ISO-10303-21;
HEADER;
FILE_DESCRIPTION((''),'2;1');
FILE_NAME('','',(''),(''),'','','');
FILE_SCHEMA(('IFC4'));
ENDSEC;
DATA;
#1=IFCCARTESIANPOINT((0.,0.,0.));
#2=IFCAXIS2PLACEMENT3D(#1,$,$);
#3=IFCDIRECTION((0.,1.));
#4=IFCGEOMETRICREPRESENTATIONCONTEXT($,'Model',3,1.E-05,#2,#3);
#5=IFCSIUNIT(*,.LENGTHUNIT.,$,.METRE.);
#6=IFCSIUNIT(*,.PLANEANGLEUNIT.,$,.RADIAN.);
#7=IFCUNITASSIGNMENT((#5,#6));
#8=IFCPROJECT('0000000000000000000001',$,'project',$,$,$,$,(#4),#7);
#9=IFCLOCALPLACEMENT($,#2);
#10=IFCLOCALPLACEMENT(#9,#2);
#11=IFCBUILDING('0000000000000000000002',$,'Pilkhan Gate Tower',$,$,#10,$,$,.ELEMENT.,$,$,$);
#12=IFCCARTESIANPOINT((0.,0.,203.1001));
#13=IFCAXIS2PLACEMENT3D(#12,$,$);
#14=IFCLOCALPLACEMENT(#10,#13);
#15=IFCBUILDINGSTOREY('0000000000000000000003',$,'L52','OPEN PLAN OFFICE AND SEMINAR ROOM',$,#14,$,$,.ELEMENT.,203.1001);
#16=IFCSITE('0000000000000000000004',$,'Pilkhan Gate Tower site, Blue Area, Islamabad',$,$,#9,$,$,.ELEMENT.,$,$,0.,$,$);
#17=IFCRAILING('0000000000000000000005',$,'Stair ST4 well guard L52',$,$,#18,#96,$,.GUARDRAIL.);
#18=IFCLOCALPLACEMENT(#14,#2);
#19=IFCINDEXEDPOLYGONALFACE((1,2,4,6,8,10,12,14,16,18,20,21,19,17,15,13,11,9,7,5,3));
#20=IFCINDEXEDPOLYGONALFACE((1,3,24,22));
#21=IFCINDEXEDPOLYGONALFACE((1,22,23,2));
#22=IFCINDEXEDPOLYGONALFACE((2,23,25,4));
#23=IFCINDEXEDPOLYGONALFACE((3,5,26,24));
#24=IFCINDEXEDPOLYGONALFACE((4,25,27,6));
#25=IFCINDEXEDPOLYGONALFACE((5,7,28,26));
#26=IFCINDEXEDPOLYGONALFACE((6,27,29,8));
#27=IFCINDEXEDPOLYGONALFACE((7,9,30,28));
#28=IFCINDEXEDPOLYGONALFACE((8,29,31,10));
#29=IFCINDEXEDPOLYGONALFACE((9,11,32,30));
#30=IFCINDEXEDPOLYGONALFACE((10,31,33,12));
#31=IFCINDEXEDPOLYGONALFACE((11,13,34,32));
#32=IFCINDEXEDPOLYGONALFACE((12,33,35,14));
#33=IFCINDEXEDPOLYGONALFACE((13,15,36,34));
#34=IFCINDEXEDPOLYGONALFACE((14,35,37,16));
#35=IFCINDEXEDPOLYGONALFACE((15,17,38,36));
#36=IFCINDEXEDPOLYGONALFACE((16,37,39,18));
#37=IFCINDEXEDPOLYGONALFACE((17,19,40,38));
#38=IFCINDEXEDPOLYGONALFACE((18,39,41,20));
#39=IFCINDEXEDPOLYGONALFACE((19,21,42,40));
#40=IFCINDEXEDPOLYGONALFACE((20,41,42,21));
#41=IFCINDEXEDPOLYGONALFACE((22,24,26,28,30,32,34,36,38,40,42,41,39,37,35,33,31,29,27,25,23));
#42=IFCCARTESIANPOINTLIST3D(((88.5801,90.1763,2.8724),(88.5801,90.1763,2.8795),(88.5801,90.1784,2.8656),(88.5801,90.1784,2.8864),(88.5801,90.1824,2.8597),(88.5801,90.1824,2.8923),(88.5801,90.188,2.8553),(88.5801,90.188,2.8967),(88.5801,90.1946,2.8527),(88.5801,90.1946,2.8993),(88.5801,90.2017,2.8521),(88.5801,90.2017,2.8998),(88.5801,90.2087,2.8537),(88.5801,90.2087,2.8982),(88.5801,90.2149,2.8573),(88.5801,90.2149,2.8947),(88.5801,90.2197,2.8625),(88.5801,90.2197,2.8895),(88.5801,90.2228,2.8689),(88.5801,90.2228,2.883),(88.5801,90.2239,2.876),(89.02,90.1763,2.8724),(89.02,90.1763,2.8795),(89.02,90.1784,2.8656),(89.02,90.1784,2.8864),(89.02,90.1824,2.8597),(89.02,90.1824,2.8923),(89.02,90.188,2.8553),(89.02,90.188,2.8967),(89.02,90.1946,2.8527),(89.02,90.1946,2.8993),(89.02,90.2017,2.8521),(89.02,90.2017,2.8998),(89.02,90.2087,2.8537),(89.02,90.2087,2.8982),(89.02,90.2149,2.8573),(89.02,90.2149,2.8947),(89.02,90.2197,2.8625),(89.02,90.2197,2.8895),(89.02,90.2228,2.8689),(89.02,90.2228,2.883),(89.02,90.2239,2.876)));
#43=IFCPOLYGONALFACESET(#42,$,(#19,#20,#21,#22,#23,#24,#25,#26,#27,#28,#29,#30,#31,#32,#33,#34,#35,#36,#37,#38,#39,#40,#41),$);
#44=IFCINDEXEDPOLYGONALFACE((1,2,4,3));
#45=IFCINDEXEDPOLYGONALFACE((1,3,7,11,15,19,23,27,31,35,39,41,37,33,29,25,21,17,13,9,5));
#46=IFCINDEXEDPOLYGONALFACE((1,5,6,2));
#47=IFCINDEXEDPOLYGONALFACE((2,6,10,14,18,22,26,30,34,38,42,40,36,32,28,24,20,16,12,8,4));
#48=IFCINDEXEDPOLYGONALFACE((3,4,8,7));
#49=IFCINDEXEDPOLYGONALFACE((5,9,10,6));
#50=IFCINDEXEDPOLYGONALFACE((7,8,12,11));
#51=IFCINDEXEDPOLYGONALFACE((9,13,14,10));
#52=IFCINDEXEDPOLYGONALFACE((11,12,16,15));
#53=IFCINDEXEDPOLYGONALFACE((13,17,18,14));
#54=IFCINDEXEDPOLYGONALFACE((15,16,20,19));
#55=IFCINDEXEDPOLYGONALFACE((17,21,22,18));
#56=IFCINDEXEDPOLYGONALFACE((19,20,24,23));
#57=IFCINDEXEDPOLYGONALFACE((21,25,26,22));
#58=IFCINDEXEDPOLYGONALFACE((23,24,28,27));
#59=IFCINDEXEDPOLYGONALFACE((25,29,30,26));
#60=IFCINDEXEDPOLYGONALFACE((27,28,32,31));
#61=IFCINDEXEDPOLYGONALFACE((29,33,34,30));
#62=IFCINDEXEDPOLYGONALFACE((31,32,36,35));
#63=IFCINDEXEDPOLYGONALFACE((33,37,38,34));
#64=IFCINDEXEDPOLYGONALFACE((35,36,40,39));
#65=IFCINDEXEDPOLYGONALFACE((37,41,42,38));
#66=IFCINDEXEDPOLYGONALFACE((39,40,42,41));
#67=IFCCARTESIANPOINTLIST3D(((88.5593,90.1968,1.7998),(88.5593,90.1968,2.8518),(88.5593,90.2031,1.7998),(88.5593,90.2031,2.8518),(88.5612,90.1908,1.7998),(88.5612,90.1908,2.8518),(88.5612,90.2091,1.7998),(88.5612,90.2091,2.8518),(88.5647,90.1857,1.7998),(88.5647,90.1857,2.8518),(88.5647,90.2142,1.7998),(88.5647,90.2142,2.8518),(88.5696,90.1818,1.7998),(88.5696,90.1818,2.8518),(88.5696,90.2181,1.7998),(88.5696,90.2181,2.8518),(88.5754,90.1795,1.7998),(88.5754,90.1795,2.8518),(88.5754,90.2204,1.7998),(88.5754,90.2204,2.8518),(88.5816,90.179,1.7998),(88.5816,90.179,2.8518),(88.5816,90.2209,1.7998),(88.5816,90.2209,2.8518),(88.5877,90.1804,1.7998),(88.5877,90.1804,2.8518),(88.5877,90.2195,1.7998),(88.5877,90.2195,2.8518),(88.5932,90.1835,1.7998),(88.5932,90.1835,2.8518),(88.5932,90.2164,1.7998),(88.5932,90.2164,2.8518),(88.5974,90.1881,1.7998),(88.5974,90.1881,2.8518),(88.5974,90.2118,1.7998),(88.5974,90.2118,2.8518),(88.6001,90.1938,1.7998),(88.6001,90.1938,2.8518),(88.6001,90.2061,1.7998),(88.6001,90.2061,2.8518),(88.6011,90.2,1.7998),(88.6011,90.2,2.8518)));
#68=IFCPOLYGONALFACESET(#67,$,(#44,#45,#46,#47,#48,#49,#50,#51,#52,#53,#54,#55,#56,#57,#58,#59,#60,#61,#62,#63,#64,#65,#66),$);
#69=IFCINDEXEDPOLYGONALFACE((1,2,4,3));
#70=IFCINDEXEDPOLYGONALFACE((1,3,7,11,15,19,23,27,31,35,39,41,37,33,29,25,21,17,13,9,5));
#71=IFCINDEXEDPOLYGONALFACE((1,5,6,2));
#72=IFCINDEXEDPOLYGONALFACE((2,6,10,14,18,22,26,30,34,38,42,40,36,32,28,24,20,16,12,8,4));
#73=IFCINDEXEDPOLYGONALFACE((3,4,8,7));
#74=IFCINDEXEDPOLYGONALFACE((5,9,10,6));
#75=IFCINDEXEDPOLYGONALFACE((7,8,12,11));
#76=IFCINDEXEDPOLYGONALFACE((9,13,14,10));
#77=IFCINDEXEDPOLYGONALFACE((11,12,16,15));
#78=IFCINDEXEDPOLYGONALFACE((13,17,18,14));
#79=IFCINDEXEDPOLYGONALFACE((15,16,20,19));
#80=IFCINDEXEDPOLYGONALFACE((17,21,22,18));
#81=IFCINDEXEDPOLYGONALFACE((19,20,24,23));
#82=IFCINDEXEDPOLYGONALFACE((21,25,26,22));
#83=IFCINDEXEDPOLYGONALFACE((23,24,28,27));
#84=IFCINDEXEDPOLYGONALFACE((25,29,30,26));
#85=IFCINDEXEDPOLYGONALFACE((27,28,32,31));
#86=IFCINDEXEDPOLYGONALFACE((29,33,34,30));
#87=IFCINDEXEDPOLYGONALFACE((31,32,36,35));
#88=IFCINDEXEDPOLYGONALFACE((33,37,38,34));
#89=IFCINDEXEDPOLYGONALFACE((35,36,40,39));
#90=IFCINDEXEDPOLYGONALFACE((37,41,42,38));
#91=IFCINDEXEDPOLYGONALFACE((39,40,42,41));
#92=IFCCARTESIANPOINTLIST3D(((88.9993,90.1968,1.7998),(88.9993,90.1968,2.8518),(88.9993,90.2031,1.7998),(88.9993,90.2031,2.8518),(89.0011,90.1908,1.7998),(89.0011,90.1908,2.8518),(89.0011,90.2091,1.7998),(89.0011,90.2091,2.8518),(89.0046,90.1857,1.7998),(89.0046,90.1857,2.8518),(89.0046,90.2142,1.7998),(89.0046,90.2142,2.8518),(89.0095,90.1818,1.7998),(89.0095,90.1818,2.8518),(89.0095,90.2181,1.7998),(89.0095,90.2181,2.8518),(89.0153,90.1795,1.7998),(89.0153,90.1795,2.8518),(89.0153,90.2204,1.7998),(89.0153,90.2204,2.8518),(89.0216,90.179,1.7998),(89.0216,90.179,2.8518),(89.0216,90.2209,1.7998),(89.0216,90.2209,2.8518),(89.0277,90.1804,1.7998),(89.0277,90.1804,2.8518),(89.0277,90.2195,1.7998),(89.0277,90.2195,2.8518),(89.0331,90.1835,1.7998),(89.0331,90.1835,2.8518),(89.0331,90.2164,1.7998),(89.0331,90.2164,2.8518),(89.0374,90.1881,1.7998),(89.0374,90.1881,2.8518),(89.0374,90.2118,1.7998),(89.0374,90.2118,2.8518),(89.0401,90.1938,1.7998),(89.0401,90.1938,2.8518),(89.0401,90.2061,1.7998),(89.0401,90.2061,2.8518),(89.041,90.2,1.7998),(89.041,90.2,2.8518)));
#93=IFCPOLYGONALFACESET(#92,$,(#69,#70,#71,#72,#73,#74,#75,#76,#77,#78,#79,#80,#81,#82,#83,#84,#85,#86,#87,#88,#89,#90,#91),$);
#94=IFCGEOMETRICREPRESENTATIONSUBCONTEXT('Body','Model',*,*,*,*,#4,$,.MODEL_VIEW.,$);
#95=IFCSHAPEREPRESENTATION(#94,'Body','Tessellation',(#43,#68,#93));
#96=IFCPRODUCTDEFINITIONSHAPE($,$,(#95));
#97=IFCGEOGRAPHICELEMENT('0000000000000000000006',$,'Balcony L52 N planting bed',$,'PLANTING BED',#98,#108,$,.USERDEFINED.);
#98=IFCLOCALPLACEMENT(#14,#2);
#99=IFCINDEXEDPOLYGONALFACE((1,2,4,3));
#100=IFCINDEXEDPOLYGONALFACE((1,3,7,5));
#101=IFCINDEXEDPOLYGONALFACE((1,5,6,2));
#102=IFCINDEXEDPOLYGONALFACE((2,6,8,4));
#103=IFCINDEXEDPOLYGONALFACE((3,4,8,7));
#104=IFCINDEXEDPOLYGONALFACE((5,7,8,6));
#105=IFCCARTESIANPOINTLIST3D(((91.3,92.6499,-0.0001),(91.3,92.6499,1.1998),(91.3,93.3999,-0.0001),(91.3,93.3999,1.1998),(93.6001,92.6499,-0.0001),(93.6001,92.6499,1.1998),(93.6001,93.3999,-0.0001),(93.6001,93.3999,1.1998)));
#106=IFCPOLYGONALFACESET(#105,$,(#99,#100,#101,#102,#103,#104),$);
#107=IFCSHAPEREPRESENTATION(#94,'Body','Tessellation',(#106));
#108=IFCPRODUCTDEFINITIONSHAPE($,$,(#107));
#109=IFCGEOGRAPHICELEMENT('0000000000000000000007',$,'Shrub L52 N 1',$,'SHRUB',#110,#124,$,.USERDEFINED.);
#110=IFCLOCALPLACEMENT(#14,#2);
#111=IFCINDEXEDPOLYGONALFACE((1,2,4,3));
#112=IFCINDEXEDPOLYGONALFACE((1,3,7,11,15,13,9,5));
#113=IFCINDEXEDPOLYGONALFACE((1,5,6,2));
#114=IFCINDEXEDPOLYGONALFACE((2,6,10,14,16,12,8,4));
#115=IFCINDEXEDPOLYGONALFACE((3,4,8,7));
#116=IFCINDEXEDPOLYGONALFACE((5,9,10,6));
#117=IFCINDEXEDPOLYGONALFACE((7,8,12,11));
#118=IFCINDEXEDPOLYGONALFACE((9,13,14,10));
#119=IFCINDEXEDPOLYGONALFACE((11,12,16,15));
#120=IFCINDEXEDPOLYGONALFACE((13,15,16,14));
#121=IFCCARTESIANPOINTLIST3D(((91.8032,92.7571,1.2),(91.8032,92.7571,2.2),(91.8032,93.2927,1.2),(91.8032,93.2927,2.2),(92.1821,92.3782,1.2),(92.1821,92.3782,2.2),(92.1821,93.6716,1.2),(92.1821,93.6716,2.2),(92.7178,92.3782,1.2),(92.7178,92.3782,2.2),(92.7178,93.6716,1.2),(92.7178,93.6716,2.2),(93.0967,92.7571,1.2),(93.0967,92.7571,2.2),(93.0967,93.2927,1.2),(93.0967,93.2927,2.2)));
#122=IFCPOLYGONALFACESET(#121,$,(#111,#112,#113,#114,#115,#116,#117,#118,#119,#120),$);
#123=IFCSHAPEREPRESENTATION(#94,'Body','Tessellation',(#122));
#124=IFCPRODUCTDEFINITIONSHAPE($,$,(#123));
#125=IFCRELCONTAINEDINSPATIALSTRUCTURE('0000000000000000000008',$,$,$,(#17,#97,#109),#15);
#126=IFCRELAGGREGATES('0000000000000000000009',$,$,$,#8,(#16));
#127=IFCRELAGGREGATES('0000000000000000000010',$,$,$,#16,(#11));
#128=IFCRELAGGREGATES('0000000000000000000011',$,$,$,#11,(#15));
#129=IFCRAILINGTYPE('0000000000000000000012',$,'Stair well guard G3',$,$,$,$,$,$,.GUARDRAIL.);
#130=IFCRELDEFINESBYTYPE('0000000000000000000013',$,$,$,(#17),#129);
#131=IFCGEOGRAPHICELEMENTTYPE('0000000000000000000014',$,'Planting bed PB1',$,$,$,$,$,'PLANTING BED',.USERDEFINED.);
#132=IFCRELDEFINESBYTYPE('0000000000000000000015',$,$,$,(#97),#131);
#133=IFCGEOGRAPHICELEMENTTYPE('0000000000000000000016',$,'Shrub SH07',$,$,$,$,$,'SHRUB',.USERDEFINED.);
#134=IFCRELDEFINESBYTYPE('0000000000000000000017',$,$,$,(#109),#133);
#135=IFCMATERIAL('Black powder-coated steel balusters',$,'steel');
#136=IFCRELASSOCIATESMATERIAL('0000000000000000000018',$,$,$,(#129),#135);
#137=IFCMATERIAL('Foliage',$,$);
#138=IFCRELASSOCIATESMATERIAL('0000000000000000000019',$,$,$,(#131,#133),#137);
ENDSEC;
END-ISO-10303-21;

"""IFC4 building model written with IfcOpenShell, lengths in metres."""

from ifc_helpers import new_model, si_unit, direction, frame, origin, origin_2d, place, context, subcontext, project, spatial, polyline, rectangle, circle, outline, extrude, material, material_profile, profile_set, type_object, element, save


model = new_model("IFC4")

# Units and contexts
model_context = context("Model", 3, precision=1e-05, world=origin(), true_north=direction((0.0, 1.0)))
body_context = subcontext(model_context, "Body", "Model", "MODEL_VIEW")
ifc_project = project(units=[si_unit("LENGTHUNIT", "METRE"), si_unit("PLANEANGLEUNIT", "RADIAN")], contexts=[model_context])

# Site, building, storey
site_placement = place(None, origin())
site = spatial("IfcSite", under=ifc_project, at=site_placement, Name="Pilkhan Gate Tower site, Blue Area, Islamabad", CompositionType="ELEMENT", RefElevation=0.0)
building_placement = place(site_placement, origin())
building = spatial("IfcBuilding", under=site, at=building_placement, Name="Pilkhan Gate Tower", CompositionType="ELEMENT")
storey_placement = place(building_placement, frame((0.0, 0.0, 203.1001)))
storey = spatial("IfcBuildingStorey", under=building, at=storey_placement, Name="L52", Description="OPEN PLAN OFFICE AND SEMINAR ROOM", CompositionType="ELEMENT", Elevation=203.1001)

# Railing
ifc_material_1 = material(Name="Black powder-coated steel balusters", Category="steel")
railing_type_1 = type_object("IfcRailingType", Name="Stair well guard G3", PredefinedType="GUARDRAIL", material=ifc_material_1)
railing_1_placement = place(storey_placement, frame((88.5801, 90.2, 1.7998)))
element("IfcRailing", 1, at=railing_1_placement, inside=storey, type_object=railing_type_1, Name="Stair ST4 well guard L52", PredefinedType="GUARDRAIL", context=body_context, shape_type="SweptSolid", body=[
    extrude(circle(Radius=0.0239, at=origin_2d()), frame((0.0, 0.0, 1.0762), z_axis=(1.0, 0.0, 0.0), x_axis=(0.0, 1.0, 0.0)), (0.0, 0.0, 1.0), 0.4399),
    extrude(circle(Radius=0.021, at=origin_2d()), origin(), (0.0, 0.0, 1.0), 1.052),
    extrude(circle(Radius=0.021, at=origin_2d()), frame((0.4399, 0.0, 0.0)), (0.0, 0.0, 1.0), 1.052),
])

# Geographic elements
ifc_material_2 = material(Name="Foliage")
ifc_material_profile_1 = material_profile(ifc_material_2, rectangle(XDim=0.75, YDim=1.2, at=origin_2d()), Name="Bed 750x1200")
ifc_profile_set_1 = profile_set([ifc_material_profile_1], Name="Foliage")
geographic_element_type_1 = type_object("IfcGeographicElementType", Name="Planting bed PB1", ElementType="PLANTING BED", PredefinedType="USERDEFINED", material=ifc_profile_set_1)
geographic_element_1_placement = place(storey_placement, frame((91.3, 93.0249, 0.5999), z_axis=(1.0, 0.0, 0.0), x_axis=(0.0, 1.0, 0.0)))
element("IfcGeographicElement", 2, at=geographic_element_1_placement, inside=storey, type_object=geographic_element_type_1, Name="Balcony L52 N planting bed", ObjectType="PLANTING BED", PredefinedType="USERDEFINED", context=body_context, shape_type="SweptSolid", body=[
    extrude(rectangle(XDim=0.75, YDim=1.2, at=origin_2d()), origin(), (0.0, 0.0, 1.0), 2.3),
])
ifc_material_profile_2 = material_profile(ifc_material_2, outline(polyline([(0.6467, 0.2678), (0.2678, 0.6467), (-0.2678, 0.6467), (-0.6467, 0.2678), (-0.6467, -0.2678), (-0.2678, -0.6467), (0.2678, -0.6467), (0.6467, -0.2678), (0.6467, 0.2678)])), Name="Shrub D1.4")
ifc_profile_set_2 = profile_set([ifc_material_profile_2], Name="Foliage")
geographic_element_type_2 = type_object("IfcGeographicElementType", Name="Shrub SH07", ElementType="SHRUB", PredefinedType="USERDEFINED", material=ifc_profile_set_2)
geographic_element_2_placement = place(storey_placement, frame((92.45, 93.0249, 1.2), z_axis=(0.0, 0.0, 1.0), x_axis=(1.0, 0.0, 0.0)))
element("IfcGeographicElement", 3, at=geographic_element_2_placement, inside=storey, type_object=geographic_element_type_2, Name="Shrub L52 N 1", ObjectType="SHRUB", PredefinedType="USERDEFINED", context=body_context, shape_type="SweptSolid", body=[
    extrude(outline(polyline([(0.6467, 0.2678), (0.2678, 0.6467), (-0.2678, 0.6467), (-0.6467, 0.2678), (-0.6467, -0.2678), (-0.2678, -0.6467), (0.2678, -0.6467), (0.6467, -0.2678), (0.6467, 0.2678)])), origin(), (0.0, 0.0, 1.0), 1.0),
])

save(model, "model.ifc")
